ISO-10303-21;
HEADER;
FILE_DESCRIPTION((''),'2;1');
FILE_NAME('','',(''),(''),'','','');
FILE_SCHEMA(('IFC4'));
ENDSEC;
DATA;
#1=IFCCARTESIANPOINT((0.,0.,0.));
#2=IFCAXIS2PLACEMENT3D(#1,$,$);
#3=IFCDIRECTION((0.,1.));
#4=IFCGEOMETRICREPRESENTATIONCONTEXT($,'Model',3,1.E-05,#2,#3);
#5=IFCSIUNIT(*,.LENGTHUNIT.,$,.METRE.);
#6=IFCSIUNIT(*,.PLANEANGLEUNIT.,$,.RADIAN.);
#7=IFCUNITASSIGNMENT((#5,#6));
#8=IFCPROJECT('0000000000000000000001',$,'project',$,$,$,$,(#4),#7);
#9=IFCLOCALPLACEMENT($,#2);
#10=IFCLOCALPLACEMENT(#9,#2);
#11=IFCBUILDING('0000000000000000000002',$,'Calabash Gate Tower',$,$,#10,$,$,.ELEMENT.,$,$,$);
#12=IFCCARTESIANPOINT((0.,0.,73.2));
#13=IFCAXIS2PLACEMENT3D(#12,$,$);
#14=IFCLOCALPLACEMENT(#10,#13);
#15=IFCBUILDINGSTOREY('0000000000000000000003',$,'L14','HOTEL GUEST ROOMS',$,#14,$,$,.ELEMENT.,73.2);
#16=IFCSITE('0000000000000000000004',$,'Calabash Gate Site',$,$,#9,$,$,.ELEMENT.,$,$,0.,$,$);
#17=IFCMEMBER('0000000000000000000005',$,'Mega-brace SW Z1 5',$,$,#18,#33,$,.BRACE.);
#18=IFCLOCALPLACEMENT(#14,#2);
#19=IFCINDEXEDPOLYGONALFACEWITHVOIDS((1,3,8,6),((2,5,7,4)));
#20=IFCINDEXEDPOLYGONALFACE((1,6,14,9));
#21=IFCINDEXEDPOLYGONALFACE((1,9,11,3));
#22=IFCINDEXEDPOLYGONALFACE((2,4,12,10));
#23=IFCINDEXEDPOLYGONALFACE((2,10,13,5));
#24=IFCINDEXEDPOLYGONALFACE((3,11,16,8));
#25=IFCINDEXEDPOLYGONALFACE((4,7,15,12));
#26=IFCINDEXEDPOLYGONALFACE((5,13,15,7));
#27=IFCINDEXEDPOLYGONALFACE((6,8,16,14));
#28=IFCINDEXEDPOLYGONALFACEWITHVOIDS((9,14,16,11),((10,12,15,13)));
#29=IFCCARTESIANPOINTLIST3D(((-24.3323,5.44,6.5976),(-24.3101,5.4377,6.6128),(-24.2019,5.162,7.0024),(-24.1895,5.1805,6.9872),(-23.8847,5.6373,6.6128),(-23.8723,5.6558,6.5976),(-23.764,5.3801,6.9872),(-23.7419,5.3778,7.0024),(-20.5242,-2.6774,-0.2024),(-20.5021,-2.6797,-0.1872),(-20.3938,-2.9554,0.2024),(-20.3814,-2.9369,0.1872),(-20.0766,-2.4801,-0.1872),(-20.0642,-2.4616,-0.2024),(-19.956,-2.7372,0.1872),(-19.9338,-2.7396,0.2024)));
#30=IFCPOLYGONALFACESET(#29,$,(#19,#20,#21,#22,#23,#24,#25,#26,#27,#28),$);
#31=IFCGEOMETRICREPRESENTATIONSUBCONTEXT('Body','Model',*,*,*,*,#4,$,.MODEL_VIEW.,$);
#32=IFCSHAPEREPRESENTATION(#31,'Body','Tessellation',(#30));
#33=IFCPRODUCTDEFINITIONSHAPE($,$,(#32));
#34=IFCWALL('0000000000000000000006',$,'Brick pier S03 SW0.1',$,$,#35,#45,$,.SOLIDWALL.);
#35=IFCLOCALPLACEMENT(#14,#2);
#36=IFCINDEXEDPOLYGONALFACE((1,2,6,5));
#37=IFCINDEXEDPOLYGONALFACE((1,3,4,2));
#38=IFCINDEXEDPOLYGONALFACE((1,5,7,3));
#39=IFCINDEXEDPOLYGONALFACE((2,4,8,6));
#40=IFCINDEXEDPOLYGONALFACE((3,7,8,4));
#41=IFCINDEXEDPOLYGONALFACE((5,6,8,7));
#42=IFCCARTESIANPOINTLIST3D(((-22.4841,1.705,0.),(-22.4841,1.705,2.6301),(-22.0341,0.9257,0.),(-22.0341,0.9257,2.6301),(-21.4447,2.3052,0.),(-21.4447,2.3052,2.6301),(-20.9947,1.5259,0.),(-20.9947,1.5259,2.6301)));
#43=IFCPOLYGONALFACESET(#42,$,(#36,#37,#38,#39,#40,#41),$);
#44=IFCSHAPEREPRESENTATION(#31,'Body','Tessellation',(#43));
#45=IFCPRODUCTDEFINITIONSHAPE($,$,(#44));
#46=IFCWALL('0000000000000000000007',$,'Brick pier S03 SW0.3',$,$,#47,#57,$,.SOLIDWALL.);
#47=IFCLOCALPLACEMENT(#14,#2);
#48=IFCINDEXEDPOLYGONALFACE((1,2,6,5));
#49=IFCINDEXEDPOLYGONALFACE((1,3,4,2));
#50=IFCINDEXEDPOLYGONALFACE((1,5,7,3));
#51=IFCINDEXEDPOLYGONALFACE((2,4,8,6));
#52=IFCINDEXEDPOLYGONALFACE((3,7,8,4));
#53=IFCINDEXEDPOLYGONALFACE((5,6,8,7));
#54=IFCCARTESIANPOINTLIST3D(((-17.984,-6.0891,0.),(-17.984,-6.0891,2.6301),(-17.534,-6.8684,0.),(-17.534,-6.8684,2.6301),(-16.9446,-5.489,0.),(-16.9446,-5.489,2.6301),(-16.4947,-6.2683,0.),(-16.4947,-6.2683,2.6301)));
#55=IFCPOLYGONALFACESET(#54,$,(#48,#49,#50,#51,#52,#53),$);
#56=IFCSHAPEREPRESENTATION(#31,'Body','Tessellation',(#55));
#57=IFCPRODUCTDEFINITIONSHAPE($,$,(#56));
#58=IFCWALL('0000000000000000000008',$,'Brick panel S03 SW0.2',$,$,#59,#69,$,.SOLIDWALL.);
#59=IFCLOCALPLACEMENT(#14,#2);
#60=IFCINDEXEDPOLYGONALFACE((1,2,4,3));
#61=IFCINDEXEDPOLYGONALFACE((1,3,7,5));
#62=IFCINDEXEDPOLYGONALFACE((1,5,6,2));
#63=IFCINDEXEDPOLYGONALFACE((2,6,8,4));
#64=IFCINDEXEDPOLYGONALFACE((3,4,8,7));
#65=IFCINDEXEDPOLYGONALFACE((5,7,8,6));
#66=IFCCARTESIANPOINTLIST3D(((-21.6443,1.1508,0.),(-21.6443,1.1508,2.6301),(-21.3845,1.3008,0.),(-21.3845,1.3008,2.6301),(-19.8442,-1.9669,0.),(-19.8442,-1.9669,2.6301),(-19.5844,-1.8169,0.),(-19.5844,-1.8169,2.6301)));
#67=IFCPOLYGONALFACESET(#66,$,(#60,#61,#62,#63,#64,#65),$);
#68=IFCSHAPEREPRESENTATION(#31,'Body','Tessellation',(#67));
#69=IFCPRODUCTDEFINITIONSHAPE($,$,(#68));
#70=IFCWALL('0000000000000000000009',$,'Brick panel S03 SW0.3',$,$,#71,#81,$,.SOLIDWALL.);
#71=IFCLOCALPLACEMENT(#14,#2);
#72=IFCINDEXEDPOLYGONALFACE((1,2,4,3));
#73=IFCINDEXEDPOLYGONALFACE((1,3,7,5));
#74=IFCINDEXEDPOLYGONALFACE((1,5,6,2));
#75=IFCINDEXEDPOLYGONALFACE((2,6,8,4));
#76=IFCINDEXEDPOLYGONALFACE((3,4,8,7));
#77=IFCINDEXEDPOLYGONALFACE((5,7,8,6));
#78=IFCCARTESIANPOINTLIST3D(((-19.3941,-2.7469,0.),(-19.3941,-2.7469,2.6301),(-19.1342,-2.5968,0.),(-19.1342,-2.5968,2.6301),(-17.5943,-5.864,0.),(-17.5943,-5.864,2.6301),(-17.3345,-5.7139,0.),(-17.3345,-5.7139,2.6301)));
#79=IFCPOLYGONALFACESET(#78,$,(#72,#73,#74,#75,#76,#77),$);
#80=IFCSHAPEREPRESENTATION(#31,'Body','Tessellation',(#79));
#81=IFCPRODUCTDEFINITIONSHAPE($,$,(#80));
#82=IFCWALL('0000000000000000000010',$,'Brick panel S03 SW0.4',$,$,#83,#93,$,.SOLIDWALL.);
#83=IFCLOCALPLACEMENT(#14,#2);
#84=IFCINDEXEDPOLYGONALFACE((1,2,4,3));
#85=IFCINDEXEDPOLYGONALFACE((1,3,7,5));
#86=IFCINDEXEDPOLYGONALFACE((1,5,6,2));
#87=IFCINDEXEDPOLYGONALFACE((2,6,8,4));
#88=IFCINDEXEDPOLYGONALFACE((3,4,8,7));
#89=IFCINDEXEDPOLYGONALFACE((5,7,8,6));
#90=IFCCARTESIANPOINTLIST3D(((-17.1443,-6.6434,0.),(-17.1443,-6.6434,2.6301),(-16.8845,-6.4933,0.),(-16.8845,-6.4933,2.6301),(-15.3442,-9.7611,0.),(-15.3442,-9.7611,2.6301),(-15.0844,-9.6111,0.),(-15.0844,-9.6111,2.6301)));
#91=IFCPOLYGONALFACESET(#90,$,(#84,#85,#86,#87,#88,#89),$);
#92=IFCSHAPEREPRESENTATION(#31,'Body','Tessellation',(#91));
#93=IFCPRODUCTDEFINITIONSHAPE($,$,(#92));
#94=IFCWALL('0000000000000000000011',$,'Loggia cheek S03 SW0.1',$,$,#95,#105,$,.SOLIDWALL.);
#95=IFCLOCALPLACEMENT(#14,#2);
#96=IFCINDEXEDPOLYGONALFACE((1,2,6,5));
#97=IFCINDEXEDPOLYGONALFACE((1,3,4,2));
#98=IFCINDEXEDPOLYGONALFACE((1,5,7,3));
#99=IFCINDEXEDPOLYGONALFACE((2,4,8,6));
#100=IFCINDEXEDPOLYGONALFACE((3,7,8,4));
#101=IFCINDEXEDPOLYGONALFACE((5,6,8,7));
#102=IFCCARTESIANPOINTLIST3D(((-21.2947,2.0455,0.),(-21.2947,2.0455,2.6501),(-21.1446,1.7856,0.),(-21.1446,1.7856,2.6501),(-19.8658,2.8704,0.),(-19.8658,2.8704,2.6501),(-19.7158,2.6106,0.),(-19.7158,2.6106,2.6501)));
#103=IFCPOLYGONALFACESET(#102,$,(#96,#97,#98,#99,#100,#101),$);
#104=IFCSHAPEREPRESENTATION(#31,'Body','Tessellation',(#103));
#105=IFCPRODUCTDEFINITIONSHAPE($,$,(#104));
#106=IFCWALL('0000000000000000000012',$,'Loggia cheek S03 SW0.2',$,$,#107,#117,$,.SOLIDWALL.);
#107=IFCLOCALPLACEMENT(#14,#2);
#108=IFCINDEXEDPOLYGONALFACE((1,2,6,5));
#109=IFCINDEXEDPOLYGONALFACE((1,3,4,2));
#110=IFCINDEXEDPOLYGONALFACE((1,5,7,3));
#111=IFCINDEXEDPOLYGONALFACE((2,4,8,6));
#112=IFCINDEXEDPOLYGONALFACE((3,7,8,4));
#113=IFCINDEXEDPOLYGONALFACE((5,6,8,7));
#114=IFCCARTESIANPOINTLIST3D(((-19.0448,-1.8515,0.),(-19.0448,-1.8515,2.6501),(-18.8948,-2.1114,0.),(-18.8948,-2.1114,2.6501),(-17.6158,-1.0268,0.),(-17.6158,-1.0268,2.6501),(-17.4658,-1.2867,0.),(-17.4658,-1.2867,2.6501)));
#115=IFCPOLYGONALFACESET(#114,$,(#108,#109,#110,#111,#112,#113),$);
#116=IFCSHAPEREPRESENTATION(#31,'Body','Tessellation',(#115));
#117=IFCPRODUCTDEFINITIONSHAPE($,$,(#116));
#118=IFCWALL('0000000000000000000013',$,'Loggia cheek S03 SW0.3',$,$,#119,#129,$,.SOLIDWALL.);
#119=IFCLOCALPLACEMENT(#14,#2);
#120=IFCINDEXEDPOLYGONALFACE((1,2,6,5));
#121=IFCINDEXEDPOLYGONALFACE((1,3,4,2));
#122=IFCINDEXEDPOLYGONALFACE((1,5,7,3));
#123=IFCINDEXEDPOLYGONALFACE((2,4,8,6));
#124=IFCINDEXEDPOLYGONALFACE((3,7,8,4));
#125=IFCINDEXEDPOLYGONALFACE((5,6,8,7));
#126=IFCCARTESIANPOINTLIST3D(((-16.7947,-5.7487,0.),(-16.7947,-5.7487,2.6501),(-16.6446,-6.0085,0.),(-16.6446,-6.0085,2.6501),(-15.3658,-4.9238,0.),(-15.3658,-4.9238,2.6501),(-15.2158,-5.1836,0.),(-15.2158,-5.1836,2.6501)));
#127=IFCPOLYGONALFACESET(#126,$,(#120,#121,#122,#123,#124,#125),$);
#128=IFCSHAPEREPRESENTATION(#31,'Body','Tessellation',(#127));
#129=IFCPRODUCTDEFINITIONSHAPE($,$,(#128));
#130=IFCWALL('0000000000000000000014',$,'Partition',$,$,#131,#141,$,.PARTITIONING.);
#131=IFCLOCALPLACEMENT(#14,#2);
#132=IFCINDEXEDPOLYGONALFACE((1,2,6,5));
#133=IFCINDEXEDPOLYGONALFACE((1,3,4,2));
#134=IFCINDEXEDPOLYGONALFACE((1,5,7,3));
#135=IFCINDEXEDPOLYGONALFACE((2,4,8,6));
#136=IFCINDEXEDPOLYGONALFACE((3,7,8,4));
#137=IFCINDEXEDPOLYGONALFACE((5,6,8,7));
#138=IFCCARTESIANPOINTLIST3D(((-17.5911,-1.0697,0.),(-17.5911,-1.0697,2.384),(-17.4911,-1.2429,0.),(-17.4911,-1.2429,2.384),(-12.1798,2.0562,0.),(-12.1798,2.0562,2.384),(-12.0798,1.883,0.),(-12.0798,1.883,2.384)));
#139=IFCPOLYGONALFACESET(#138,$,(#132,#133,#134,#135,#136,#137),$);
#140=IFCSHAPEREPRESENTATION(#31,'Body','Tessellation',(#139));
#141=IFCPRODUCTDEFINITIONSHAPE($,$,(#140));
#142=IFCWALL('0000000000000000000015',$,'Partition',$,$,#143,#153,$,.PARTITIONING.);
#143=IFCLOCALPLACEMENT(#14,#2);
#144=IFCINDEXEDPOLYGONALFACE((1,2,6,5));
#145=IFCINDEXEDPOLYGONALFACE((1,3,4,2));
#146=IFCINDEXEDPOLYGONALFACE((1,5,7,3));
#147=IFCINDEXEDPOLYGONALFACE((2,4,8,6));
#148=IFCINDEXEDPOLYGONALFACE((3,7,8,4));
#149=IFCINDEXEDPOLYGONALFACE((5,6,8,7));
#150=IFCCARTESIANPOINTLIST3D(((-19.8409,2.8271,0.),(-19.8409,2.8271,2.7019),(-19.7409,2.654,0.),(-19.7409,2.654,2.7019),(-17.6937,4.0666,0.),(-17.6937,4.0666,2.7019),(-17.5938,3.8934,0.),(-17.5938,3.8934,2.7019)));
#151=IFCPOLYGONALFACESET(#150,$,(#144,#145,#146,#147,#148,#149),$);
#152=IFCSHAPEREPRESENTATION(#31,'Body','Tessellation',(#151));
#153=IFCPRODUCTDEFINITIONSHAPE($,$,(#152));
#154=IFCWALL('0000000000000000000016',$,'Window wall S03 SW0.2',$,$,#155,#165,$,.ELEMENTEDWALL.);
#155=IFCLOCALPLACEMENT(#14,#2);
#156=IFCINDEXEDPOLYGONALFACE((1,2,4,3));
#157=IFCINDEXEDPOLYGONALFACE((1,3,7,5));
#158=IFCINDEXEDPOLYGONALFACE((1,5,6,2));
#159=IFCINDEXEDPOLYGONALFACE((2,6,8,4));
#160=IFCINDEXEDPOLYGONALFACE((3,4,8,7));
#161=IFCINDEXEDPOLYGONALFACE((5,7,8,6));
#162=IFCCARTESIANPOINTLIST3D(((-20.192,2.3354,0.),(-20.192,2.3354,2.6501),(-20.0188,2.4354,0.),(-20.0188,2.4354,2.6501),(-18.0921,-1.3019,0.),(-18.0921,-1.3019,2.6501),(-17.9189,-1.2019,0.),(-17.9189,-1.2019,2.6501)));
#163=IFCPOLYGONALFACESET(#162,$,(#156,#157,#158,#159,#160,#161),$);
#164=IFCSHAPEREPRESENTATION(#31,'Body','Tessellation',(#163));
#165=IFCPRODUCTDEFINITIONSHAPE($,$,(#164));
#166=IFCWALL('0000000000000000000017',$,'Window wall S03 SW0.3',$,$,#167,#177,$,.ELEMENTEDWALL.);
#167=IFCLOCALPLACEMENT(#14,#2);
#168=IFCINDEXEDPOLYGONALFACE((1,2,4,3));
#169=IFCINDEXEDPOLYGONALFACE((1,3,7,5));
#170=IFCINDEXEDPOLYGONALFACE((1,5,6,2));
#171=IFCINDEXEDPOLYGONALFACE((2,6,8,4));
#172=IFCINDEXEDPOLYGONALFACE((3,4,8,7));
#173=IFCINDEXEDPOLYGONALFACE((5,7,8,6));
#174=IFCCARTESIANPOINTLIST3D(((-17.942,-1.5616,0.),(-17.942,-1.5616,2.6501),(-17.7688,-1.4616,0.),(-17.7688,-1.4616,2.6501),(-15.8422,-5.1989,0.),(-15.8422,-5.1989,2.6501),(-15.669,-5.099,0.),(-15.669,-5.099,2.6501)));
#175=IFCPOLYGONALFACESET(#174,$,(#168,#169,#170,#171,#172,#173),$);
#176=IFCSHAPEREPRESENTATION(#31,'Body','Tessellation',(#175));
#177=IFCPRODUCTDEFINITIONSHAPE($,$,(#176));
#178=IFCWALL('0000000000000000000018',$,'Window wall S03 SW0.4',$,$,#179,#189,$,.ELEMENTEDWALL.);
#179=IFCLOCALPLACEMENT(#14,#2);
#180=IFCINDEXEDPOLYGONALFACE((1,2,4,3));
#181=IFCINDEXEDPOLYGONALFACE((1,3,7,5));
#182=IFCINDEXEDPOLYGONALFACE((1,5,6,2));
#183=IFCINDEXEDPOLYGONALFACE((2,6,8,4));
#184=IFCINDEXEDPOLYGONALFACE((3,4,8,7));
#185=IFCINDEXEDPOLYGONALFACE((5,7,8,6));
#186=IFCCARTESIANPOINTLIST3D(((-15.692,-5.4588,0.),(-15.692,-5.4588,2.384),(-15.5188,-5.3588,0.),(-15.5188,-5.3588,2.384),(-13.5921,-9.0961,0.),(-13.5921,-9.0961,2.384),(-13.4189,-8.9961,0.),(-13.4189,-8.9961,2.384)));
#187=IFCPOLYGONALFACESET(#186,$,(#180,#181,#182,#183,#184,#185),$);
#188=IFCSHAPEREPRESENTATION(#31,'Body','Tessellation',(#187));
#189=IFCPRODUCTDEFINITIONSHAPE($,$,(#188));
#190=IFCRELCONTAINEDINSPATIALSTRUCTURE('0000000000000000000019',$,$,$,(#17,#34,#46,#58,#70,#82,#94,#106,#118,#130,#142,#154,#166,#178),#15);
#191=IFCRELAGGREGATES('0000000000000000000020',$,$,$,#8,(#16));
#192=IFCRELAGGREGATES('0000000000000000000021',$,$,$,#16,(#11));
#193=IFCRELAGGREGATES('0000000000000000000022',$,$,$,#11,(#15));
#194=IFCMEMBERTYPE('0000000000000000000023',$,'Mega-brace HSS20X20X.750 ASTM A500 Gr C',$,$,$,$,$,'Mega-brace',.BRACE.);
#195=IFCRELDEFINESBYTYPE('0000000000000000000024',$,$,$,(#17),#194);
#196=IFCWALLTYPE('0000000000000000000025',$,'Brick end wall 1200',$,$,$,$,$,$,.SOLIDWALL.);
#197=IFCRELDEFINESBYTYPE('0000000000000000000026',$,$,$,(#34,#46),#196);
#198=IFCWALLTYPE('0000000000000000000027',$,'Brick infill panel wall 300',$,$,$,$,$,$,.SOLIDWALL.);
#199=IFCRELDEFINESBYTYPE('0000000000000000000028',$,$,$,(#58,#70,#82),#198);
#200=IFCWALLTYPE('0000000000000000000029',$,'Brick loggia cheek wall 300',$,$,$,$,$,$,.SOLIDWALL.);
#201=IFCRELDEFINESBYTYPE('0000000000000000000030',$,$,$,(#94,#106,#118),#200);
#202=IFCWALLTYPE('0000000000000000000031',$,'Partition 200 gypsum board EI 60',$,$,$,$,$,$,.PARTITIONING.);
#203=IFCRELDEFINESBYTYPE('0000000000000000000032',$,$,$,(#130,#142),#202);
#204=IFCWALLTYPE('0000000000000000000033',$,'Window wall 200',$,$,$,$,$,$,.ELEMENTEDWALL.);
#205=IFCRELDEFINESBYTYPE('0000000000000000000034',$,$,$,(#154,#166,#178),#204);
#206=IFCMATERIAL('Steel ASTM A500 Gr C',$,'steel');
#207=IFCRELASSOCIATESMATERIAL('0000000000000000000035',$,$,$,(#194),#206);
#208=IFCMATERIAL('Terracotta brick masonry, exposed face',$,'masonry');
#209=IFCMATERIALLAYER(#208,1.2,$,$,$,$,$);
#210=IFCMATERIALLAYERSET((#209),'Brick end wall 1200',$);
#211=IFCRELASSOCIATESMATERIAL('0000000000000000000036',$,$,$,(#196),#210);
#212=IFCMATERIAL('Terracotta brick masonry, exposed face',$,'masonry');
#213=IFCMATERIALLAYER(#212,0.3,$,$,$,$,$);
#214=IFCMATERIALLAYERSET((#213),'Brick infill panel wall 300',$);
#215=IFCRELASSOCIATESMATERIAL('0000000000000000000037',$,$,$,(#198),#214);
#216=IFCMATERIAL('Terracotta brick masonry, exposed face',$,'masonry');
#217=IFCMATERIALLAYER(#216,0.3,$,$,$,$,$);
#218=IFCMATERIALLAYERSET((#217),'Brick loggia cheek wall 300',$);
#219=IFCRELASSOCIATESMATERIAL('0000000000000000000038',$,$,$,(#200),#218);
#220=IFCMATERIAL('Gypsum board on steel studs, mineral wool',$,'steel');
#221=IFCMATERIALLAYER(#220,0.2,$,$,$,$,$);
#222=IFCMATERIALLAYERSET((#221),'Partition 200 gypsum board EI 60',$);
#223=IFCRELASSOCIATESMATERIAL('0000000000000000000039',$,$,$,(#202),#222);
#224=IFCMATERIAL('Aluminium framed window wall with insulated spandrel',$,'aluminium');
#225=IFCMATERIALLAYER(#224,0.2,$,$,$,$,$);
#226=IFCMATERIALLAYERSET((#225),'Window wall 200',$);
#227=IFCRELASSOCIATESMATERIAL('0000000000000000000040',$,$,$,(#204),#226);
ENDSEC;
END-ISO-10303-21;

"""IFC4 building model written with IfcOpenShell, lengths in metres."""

from ifc_helpers import new_model, si_unit, direction, frame, frame_2d, origin, origin_2d, place, context, subcontext, project, spatial, rectangle, hollow_rectangle, extrude, material, layer, layer_set, material_profile, profile_set, type_object, element, save


model = new_model("IFC4")

# Units and contexts
model_context = context("Model", 3, precision=1e-05, world=origin(), true_north=direction((0.0, 1.0)))
body_context = subcontext(model_context, "Body", "Model", "MODEL_VIEW")
ifc_project = project(units=[si_unit("LENGTHUNIT", "METRE"), si_unit("PLANEANGLEUNIT", "RADIAN")], contexts=[model_context])

# Site, building, storey
site_placement = place(None, origin())
site = spatial("IfcSite", under=ifc_project, at=site_placement, Name="Calabash Gate Site", CompositionType="ELEMENT", RefElevation=0.0)
building_placement = place(site_placement, origin())
building = spatial("IfcBuilding", under=site, at=building_placement, Name="Calabash Gate Tower", CompositionType="ELEMENT")
storey_placement = place(building_placement, frame((0.0, 0.0, 73.2)))
storey = spatial("IfcBuildingStorey", under=building, at=storey_placement, Name="L14", Description="HOTEL GUEST ROOMS", CompositionType="ELEMENT", Elevation=73.2)

# Member
ifc_material_1 = material(Name="Steel ASTM A500 Gr C", Category="steel")
ifc_material_profile_1 = material_profile(ifc_material_1, hollow_rectangle(XDim=0.5081, YDim=0.5081, WallThickness=0.019, at=origin_2d()))
ifc_profile_set_1 = profile_set([ifc_material_profile_1], Name="Steel ASTM A500 Gr C")
member_type = type_object("IfcMemberType", Name="Mega-brace HSS20X20X.750 ASTM A500 Gr C", ElementType="Mega-brace", PredefinedType="BRACE", material=ifc_profile_set_1)
member_placement = place(storey_placement, frame((-20.229, -2.7085, 0.0), z_axis=(-0.338401, 0.721343, 0.604276), x_axis=(-0.905328, -0.424714, 0.0)))
element("IfcMember", 1, at=member_placement, inside=storey, type_object=member_type, Name="Mega-brace SW Z1 5", PredefinedType="BRACE", context=body_context, shape_type="SweptSolid", body=[
    extrude(hollow_rectangle(XDim=0.5081, YDim=0.5081, WallThickness=0.019, at=origin_2d()), origin(), (0.0, 0.0, 1.0), 11.2532),
])

# Walls
ifc_material_2 = material(Name="Terracotta brick masonry, exposed face", Category="masonry")
ifc_layer_1 = layer(ifc_material_2, 1.2)
ifc_layer_set_1 = layer_set([ifc_layer_1], Name="Brick end wall 1200")
wall_type_1 = type_object("IfcWallType", Name="Brick end wall 1200", PredefinedType="SOLIDWALL", material=ifc_layer_set_1)
for number, where, z_axis, x_axis, name in (
    (2, (-21.2197, 1.9155, 0.0), (0.0, 0.0, 1.0), (-0.866006, -0.500034, 0.0), "Brick pier S03 SW0.1"),
    (3, (-17.759, -6.4788, 0.0), (0.0, 0.0, 1.0), (0.866006, 0.500034, 0.0), "Brick pier S03 SW0.3"),
):
    element("IfcWall", number, at=place(storey_placement, frame(where, z_axis=z_axis, x_axis=x_axis)), inside=storey, type_object=wall_type_1, Name=name, PredefinedType="SOLIDWALL", context=body_context, shape_type="SweptSolid", body=[
        extrude(rectangle(XDim=1.2002, YDim=0.8999, at=frame_2d((0.6001, 0.0))), origin(), (0.0, 0.0, 1.0), 2.6301),
    ])
ifc_material_3 = material(Name="Terracotta brick masonry, exposed face", Category="masonry")
ifc_layer_2 = layer(ifc_material_3, 0.3)
ifc_layer_set_2 = layer_set([ifc_layer_2], Name="Brick infill panel wall 300")
wall_type_2 = type_object("IfcWallType", Name="Brick infill panel wall 300", PredefinedType="SOLIDWALL", material=ifc_layer_set_2)
wall_1_placement = place(storey_placement, frame((-21.5144, 1.2258, 0.0), z_axis=(0.0, 0.0, 1.0), x_axis=(0.500012, -0.866018, 0.0)))
element("IfcWall", 4, at=wall_1_placement, inside=storey, type_object=wall_type_2, Name="Brick panel S03 SW0.2", PredefinedType="SOLIDWALL", context=body_context, shape_type="SweptSolid", body=[
    extrude(rectangle(XDim=3.6001, YDim=0.3, at=frame_2d((1.8, 0.0))), origin(), (0.0, 0.0, 1.0), 2.6301),
])
wall_2_placement = place(storey_placement, frame((-17.4644, -5.7891, 0.0), z_axis=(0.0, 0.0, 1.0), x_axis=(-0.50002, 0.866014, 0.0)))
element("IfcWall", 5, at=wall_2_placement, inside=storey, type_object=wall_type_2, Name="Brick panel S03 SW0.3", PredefinedType="SOLIDWALL", context=body_context, shape_type="SweptSolid", body=[
    extrude(rectangle(XDim=3.5994, YDim=0.3, at=frame_2d((1.7998, 0.0))), origin(), (0.0, 0.0, 1.0), 2.6301),
])
wall_3_placement = place(storey_placement, frame((-17.0144, -6.5684, 0.0), z_axis=(0.0, 0.0, 1.0), x_axis=(0.500012, -0.866018, 0.0)))
element("IfcWall", 6, at=wall_3_placement, inside=storey, type_object=wall_type_2, Name="Brick panel S03 SW0.4", PredefinedType="SOLIDWALL", context=body_context, shape_type="SweptSolid", body=[
    extrude(rectangle(XDim=3.6001, YDim=0.3, at=frame_2d((1.8, 0.0))), origin(), (0.0, 0.0, 1.0), 2.6301),
])
ifc_material_4 = material(Name="Terracotta brick masonry, exposed face", Category="masonry")
ifc_layer_3 = layer(ifc_material_4, 0.3)
ifc_layer_set_3 = layer_set([ifc_layer_3], Name="Brick loggia cheek wall 300")
wall_type_3 = type_object("IfcWallType", Name="Brick loggia cheek wall 300", PredefinedType="SOLIDWALL", material=ifc_layer_set_3)
for number, where, z_axis, x_axis, name in (
    (7, (-19.7908, 2.7405, 0.0), (0.0, 0.0, 1.0), (-0.86604, -0.499974, 0.0), "Loggia cheek S03 SW0.1"),
    (8, (-17.5408, -1.1567, 0.0), (0.0, 0.0, 1.0), (-0.866104, -0.499863, 0.0), "Loggia cheek S03 SW0.2"),
    (9, (-15.2908, -5.0537, 0.0), (0.0, 0.0, 1.0), (-0.86604, -0.499974, 0.0), "Loggia cheek S03 SW0.3"),
):
    element("IfcWall", number, at=place(storey_placement, frame(where, z_axis=z_axis, x_axis=x_axis)), inside=storey, type_object=wall_type_3, Name=name, PredefinedType="SOLIDWALL", context=body_context, shape_type="SweptSolid", body=[
        extrude(rectangle(XDim=1.6499, YDim=0.3, at=frame_2d((0.825, 0.0))), origin(), (0.0, 0.0, 1.0), 2.6501),
    ])
ifc_material_5 = material(Name="Gypsum board on steel studs, mineral wool", Category="steel")
ifc_layer_4 = layer(ifc_material_5, 0.2)
ifc_layer_set_4 = layer_set([ifc_layer_4], Name="Partition 200 gypsum board EI 60")
wall_type_4 = type_object("IfcWallType", Name="Partition 200 gypsum board EI 60", PredefinedType="PARTITIONING", material=ifc_layer_set_4)
wall_4_placement = place(storey_placement, frame((-17.541, -1.1562, 0.0), z_axis=(0.0, 0.0, 1.0), x_axis=(0.865906, 0.500206, 0.0)))
element("IfcWall", 10, at=wall_4_placement, inside=storey, type_object=wall_type_4, Name="Partition", PredefinedType="PARTITIONING", context=body_context, shape_type="SweptSolid", body=[
    extrude(rectangle(XDim=6.2493, YDim=0.2, at=frame_2d((3.1245, 0.0))), origin(), (0.0, 0.0, 1.0), 2.384),
])
wall_5_placement = place(storey_placement, frame((-19.791, 2.7405, 0.0), z_axis=(0.0, 0.0, 1.0), x_axis=(0.866059, 0.499941, 0.0)))
element("IfcWall", 11, at=wall_5_placement, inside=storey, type_object=wall_type_4, Name="Partition", PredefinedType="PARTITIONING", context=body_context, shape_type="SweptSolid", body=[
    extrude(rectangle(XDim=2.4792, YDim=0.2, at=frame_2d((1.2397, 0.0))), origin(), (0.0, 0.0, 1.0), 2.7019),
])
ifc_material_6 = material(Name="Aluminium framed window wall with insulated spandrel", Category="aluminium")
ifc_layer_5 = layer(ifc_material_6, 0.2)
ifc_layer_set_5 = layer_set([ifc_layer_5], Name="Window wall 200")
wall_type_5 = type_object("IfcWallType", Name="Window wall 200", PredefinedType="ELEMENTEDWALL", material=ifc_layer_set_5)
for number, where, z_axis, x_axis, name in (
    (12, (-20.1055, 2.3855, 0.0), (0.0, 0.0, 1.0), (0.499984, -0.866035, 0.0), "Window wall S03 SW0.2"),
    (13, (-17.8555, -1.5115, 0.0), (0.0, 0.0, 1.0), (0.499959, -0.866049, 0.0), "Window wall S03 SW0.3"),
):
    element("IfcWall", number, at=place(storey_placement, frame(where, z_axis=z_axis, x_axis=x_axis)), inside=storey, type_object=wall_type_5, Name=name, PredefinedType="ELEMENTEDWALL", context=body_context, shape_type="SweptSolid", body=[
        extrude(rectangle(XDim=4.2, YDim=0.2, at=frame_2d((2.1001, 0.0))), origin(), (0.0, 0.0, 1.0), 2.6501),
    ])
wall_6_placement = place(storey_placement, frame((-15.6055, -5.4087, 0.0), z_axis=(0.0, 0.0, 1.0), x_axis=(0.499984, -0.866035, 0.0)))
element("IfcWall", 14, at=wall_6_placement, inside=storey, type_object=wall_type_5, Name="Window wall S03 SW0.4", PredefinedType="ELEMENTEDWALL", context=body_context, shape_type="SweptSolid", body=[
    extrude(rectangle(XDim=4.2, YDim=0.2, at=frame_2d((2.1001, 0.0))), origin(), (0.0, 0.0, 1.0), 2.384),
])

save(model, "model.ifc")
